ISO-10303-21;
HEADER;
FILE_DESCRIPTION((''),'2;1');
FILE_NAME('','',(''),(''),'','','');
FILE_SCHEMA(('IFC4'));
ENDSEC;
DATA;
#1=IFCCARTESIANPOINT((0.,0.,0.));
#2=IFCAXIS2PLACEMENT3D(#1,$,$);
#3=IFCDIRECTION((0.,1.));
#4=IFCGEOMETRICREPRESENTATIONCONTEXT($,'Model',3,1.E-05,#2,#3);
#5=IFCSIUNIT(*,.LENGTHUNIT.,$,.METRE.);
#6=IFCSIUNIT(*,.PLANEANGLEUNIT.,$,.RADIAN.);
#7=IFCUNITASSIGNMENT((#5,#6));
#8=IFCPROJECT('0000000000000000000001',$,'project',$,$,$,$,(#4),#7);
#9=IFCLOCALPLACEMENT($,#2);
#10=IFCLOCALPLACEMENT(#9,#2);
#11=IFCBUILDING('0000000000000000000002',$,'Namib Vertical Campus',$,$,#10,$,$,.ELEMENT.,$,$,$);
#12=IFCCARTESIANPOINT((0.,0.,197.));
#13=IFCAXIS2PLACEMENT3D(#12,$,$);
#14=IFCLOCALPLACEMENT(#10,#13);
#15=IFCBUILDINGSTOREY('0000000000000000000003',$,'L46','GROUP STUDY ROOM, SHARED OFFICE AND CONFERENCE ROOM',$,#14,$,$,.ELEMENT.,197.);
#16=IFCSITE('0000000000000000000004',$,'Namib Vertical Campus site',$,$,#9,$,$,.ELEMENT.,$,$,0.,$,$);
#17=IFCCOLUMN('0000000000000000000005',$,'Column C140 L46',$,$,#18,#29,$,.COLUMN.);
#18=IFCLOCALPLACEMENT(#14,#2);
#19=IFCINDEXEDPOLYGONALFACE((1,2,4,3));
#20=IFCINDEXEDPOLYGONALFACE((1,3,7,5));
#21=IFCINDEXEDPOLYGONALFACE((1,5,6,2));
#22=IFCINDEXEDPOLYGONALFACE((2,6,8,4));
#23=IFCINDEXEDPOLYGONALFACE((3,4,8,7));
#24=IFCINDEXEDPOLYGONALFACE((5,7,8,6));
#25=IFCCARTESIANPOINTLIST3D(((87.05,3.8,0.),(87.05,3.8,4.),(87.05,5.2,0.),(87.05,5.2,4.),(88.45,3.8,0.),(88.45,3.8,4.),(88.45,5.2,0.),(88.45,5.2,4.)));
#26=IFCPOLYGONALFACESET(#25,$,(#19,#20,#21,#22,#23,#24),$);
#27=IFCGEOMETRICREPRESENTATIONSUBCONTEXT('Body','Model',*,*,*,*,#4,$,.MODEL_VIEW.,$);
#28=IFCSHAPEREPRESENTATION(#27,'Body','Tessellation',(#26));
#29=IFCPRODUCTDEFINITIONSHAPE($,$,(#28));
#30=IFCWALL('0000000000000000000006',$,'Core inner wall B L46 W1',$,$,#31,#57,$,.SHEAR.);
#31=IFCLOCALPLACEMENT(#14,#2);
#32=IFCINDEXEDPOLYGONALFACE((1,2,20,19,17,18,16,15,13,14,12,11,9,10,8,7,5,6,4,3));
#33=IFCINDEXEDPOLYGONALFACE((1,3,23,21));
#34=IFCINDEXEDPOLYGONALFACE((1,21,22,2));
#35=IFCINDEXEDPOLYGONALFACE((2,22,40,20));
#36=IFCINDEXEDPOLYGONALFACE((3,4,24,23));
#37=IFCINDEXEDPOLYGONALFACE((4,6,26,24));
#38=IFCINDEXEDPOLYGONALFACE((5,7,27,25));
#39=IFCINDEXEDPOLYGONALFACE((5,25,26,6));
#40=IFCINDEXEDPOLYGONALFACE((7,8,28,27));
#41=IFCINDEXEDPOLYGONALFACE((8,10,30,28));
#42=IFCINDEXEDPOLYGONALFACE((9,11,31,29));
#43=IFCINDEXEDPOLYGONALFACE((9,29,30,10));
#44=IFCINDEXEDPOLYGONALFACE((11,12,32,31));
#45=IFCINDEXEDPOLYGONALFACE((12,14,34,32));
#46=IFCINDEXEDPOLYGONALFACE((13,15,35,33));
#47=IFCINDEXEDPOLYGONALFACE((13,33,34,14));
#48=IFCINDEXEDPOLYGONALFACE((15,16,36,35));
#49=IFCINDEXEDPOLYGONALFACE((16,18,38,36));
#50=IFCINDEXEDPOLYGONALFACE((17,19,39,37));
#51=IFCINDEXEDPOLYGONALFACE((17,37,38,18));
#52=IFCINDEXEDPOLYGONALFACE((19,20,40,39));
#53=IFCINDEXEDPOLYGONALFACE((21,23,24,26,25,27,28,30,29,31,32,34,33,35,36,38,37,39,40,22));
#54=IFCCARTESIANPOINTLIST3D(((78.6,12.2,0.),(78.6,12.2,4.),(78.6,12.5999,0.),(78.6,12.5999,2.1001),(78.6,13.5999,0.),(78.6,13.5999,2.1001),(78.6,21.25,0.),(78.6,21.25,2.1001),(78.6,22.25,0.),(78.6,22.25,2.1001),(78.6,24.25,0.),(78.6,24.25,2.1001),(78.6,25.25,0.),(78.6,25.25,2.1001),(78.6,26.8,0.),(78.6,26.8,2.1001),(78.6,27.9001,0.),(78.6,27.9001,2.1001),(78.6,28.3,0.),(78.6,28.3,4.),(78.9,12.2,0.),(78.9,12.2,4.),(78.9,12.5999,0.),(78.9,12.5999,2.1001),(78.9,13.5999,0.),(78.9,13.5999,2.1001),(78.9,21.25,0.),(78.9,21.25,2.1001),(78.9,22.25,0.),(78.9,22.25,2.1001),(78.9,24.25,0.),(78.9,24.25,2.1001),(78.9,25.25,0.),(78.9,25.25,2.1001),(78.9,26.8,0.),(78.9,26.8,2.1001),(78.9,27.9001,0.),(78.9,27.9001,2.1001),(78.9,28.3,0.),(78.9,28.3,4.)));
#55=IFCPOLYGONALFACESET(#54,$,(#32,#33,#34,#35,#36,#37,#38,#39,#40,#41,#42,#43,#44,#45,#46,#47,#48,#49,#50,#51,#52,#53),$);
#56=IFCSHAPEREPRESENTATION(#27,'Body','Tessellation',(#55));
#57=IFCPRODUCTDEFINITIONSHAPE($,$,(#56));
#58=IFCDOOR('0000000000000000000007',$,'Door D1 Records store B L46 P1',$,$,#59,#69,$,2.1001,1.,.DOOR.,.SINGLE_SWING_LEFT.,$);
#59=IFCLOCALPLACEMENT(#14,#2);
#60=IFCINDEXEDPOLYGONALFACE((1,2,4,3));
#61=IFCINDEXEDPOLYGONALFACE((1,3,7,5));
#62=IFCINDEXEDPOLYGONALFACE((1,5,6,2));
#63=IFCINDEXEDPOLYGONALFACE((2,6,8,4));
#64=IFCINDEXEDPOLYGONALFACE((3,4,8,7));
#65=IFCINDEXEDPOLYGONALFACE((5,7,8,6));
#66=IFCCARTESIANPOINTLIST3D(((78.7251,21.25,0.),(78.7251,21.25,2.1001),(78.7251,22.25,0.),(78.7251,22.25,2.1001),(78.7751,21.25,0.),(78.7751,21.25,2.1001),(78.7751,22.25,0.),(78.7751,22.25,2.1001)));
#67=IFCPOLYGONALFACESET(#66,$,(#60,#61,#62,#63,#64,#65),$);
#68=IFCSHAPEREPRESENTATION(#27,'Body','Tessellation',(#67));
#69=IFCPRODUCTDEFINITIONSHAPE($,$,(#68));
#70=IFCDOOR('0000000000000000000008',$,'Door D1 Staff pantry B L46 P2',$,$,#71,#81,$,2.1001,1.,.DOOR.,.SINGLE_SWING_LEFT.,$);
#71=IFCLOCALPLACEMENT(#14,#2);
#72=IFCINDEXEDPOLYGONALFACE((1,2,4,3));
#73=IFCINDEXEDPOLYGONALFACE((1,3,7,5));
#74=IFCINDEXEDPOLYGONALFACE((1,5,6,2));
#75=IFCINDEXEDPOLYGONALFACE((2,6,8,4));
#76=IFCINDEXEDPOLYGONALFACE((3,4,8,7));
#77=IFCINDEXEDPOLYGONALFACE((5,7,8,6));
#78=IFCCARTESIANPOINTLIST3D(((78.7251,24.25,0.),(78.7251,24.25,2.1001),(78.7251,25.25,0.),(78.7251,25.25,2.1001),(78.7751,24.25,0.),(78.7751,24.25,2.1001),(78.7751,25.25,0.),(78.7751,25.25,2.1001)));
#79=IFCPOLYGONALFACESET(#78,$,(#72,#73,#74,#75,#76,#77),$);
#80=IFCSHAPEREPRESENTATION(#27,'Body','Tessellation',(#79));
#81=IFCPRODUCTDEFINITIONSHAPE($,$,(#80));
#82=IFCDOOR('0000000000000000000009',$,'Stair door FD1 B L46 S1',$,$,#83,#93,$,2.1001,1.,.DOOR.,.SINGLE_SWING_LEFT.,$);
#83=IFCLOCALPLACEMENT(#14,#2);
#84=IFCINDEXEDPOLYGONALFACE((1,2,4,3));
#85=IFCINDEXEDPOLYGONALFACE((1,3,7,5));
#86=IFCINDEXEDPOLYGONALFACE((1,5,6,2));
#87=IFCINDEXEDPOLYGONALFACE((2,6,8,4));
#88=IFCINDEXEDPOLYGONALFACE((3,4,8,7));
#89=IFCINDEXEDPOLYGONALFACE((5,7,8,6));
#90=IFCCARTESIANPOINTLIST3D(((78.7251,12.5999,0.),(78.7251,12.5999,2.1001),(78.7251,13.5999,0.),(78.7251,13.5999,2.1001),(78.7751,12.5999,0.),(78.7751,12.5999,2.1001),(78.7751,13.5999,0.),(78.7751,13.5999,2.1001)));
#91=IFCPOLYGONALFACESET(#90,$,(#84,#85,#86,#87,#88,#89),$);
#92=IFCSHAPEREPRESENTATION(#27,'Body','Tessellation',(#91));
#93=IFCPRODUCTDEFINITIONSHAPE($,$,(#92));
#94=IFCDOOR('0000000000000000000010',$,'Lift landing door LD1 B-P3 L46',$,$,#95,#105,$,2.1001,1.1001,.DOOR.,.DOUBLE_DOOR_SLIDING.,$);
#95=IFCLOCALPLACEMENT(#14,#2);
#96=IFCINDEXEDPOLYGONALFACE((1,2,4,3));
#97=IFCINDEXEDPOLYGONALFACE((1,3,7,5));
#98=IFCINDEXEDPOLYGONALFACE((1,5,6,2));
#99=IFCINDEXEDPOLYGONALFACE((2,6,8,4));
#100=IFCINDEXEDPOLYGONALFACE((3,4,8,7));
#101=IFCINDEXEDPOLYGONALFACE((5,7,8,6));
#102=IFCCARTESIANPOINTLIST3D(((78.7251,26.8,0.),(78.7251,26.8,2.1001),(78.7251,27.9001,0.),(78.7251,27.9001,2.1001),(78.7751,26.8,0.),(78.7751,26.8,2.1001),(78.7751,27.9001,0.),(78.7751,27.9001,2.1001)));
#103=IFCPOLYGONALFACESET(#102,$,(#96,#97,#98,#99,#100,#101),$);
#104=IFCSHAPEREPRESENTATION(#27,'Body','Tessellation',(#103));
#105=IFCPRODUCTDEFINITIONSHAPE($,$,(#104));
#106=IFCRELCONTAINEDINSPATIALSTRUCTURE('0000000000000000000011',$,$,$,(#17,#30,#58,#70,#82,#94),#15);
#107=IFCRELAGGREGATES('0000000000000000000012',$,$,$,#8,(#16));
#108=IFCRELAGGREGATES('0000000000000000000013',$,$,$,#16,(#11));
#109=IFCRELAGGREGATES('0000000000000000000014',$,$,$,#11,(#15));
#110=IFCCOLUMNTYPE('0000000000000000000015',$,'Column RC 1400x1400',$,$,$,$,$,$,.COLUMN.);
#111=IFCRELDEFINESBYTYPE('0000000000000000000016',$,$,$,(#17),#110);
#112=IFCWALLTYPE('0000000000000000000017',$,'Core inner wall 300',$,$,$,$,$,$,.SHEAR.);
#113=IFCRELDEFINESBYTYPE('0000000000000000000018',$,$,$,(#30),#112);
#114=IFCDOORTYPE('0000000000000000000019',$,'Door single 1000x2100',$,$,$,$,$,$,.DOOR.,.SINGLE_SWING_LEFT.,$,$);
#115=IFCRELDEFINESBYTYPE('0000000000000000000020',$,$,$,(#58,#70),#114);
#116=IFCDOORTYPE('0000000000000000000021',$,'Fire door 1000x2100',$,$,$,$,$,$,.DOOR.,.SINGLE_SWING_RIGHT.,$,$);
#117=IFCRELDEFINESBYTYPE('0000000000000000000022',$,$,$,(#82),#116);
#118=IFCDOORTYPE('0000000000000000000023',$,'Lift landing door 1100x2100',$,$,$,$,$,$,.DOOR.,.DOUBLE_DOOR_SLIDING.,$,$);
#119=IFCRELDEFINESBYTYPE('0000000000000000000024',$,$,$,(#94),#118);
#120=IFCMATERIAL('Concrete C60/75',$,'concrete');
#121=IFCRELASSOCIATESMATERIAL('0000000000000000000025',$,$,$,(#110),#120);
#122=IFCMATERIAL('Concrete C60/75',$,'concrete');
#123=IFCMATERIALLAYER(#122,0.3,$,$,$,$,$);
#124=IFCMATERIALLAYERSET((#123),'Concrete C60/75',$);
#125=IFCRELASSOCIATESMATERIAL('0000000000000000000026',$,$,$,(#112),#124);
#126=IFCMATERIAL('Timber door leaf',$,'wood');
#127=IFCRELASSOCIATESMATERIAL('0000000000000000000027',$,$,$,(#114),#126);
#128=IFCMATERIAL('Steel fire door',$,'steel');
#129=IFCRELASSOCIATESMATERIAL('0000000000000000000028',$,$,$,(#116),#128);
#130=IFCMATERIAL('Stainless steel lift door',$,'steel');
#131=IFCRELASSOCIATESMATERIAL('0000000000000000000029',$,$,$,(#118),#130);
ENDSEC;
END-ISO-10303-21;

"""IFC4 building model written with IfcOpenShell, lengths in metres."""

from ifc_helpers import new_model, si_unit, direction, frame, frame_2d, origin, origin_2d, place, context, subcontext, project, spatial, rectangle, extrude, material, layer, layer_set, material_profile, profile_set, type_object, element, fill, save


model = new_model("IFC4")

# Units and contexts
model_context = context("Model", 3, precision=1e-05, world=origin(), true_north=direction((0.0, 1.0)))
body_context = subcontext(model_context, "Body", "Model", "MODEL_VIEW")
ifc_project = project(units=[si_unit("LENGTHUNIT", "METRE"), si_unit("PLANEANGLEUNIT", "RADIAN")], contexts=[model_context])

# Site, building, storey
site_placement = place(None, origin())
site = spatial("IfcSite", under=ifc_project, at=site_placement, Name="Namib Vertical Campus site", CompositionType="ELEMENT", RefElevation=0.0)
building_placement = place(site_placement, origin())
building = spatial("IfcBuilding", under=site, at=building_placement, Name="Namib Vertical Campus", CompositionType="ELEMENT")
storey_placement = place(building_placement, frame((0.0, 0.0, 197.0)))
storey = spatial("IfcBuildingStorey", under=building, at=storey_placement, Name="L46", Description="GROUP STUDY ROOM, SHARED OFFICE AND CONFERENCE ROOM", CompositionType="ELEMENT", Elevation=197.0)

# Column
ifc_material_1 = material(Name="Concrete C60/75", Category="concrete")
ifc_material_profile = material_profile(ifc_material_1, rectangle(XDim=1.3999, YDim=1.3999, at=origin_2d()))
ifc_profile_set = profile_set([ifc_material_profile], Name="Concrete C60/75")
column_type = type_object("IfcColumnType", Name="Column RC 1400x1400", PredefinedType="COLUMN", material=ifc_profile_set)
column_placement = place(storey_placement, frame((87.75, 4.5, 0.0), z_axis=(0.0, 0.0, 1.0), x_axis=(1.0, 0.0, 0.0)))
element("IfcColumn", 1, at=column_placement, inside=storey, type_object=column_type, Name="Column C140 L46", PredefinedType="COLUMN", context=body_context, shape_type="SweptSolid", body=[
    extrude(rectangle(XDim=1.3999, YDim=1.3999, at=origin_2d()), origin(), (0.0, 0.0, 1.0), 4.0),
])

# Wall, openings, doors
ifc_material_2 = material(Name="Concrete C60/75", Category="concrete")
ifc_layer_1 = layer(ifc_material_2, 0.3)
ifc_layer_set_1 = layer_set([ifc_layer_1], Name="Concrete C60/75")
wall_type_1 = type_object("IfcWallType", Name="Core inner wall 300", PredefinedType="SHEAR", material=ifc_layer_set_1)
wall_1_placement = place(storey_placement, frame((78.75, 12.2, 0.0), z_axis=(0.0, 0.0, 1.0), x_axis=(0.0, 1.0, 0.0)))
wall_1 = element("IfcWall", 2, at=wall_1_placement, inside=storey, type_object=wall_type_1, Name="Core inner wall B L46 W1", PredefinedType="SHEAR", context=body_context, shape_type="SweptSolid", body=[
    extrude(rectangle(XDim=16.1001, YDim=0.3, at=frame_2d((8.05, 0.0))), origin(), (0.0, 0.0, 1.0), 4.0),
])
opening_1_placement = place(wall_1_placement, frame((0.3999, 0.0, 0.0)))
opening_1 = element("IfcOpeningElement", 3, at=opening_1_placement, cuts=wall_1, PredefinedType="OPENING", context=body_context, shape_type="SweptSolid", body=[
    extrude(rectangle(XDim=1.0, YDim=2.1001, at=frame_2d((0.5, 1.05))), frame((0.0, 0.1599, 0.0), z_axis=(0.0, -1.0, 0.0), x_axis=(1.0, 0.0, 0.0)), (0.0, 0.0, 1.0), 0.3201),
])
opening_2_placement = place(wall_1_placement, frame((14.6001, 0.0, 0.0)))
opening_2 = element("IfcOpeningElement", 4, at=opening_2_placement, cuts=wall_1, PredefinedType="OPENING", context=body_context, shape_type="SweptSolid", body=[
    extrude(rectangle(XDim=1.1001, YDim=2.1001, at=frame_2d((0.55, 1.05))), frame((0.0, 0.1599, 0.0), z_axis=(0.0, -1.0, 0.0), x_axis=(1.0, 0.0, 0.0)), (0.0, 0.0, 1.0), 0.3201),
])
opening_3_placement = place(wall_1_placement, frame((9.05, 0.0, 0.0)))
opening_3 = element("IfcOpeningElement", 5, at=opening_3_placement, cuts=wall_1, PredefinedType="OPENING", context=body_context, shape_type="SweptSolid", body=[
    extrude(rectangle(XDim=1.0, YDim=2.1001, at=frame_2d((0.5, 1.05))), frame((0.0, 0.1599, 0.0), z_axis=(0.0, -1.0, 0.0), x_axis=(1.0, 0.0, 0.0)), (0.0, 0.0, 1.0), 0.3201),
])
opening_4_placement = place(wall_1_placement, frame((12.05, 0.0, 0.0)))
opening_4 = element("IfcOpeningElement", 6, at=opening_4_placement, cuts=wall_1, PredefinedType="OPENING", context=body_context, shape_type="SweptSolid", body=[
    extrude(rectangle(XDim=1.0, YDim=2.1001, at=frame_2d((0.5, 1.05))), frame((0.0, 0.1599, 0.0), z_axis=(0.0, -1.0, 0.0), x_axis=(1.0, 0.0, 0.0)), (0.0, 0.0, 1.0), 0.3201),
])
ifc_material_3 = material(Name="Timber door leaf", Category="wood")
door_type_1 = type_object("IfcDoorType", Name="Door single 1000x2100", OperationType="SINGLE_SWING_LEFT", PredefinedType="DOOR", material=ifc_material_3)
door_1_placement = place(opening_3_placement, origin())
door_1 = element("IfcDoor", 7, at=door_1_placement, inside=storey, type_object=door_type_1, Name="Door D1 Records store B L46 P1", OperationType="SINGLE_SWING_LEFT", OverallHeight=2.1001, OverallWidth=1.0, PredefinedType="DOOR", context=body_context, shape_type="SweptSolid", body=[
    extrude(rectangle(XDim=1.0, YDim=2.1001, at=frame_2d((0.5, 1.05))), frame((0.0, 0.0249, 0.0), z_axis=(0.0, -1.0, 0.0), x_axis=(1.0, 0.0, 0.0)), (0.0, 0.0, 1.0), 0.05),
])
fill(opening_3, door_1)
door_2_placement = place(opening_4_placement, origin())
door_2 = element("IfcDoor", 8, at=door_2_placement, inside=storey, type_object=door_type_1, Name="Door D1 Staff pantry B L46 P2", OperationType="SINGLE_SWING_LEFT", OverallHeight=2.1001, OverallWidth=1.0, PredefinedType="DOOR", context=body_context, shape_type="SweptSolid", body=[
    extrude(rectangle(XDim=1.0, YDim=2.1001, at=frame_2d((0.5, 1.05))), frame((0.0, 0.0249, 0.0), z_axis=(0.0, -1.0, 0.0), x_axis=(1.0, 0.0, 0.0)), (0.0, 0.0, 1.0), 0.05),
])
fill(opening_4, door_2)
ifc_material_4 = material(Name="Steel fire door", Category="steel")
door_type_2 = type_object("IfcDoorType", Name="Fire door 1000x2100", OperationType="SINGLE_SWING_RIGHT", PredefinedType="DOOR", material=ifc_material_4)
door_3_placement = place(opening_1_placement, origin())
door_3 = element("IfcDoor", 9, at=door_3_placement, inside=storey, type_object=door_type_2, Name="Stair door FD1 B L46 S1", OperationType="SINGLE_SWING_LEFT", OverallHeight=2.1001, OverallWidth=1.0, PredefinedType="DOOR", context=body_context, shape_type="SweptSolid", body=[
    extrude(rectangle(XDim=1.0, YDim=2.1001, at=frame_2d((0.5, 1.05))), frame((0.0, 0.0249, 0.0), z_axis=(0.0, -1.0, 0.0), x_axis=(1.0, 0.0, 0.0)), (0.0, 0.0, 1.0), 0.05),
])
fill(opening_1, door_3)
ifc_material_5 = material(Name="Stainless steel lift door", Category="steel")
door_type_3 = type_object("IfcDoorType", Name="Lift landing door 1100x2100", OperationType="DOUBLE_DOOR_SLIDING", PredefinedType="DOOR", material=ifc_material_5)
door_4_placement = place(opening_2_placement, origin())
door_4 = element("IfcDoor", 10, at=door_4_placement, inside=storey, type_object=door_type_3, Name="Lift landing door LD1 B-P3 L46", OperationType="DOUBLE_DOOR_SLIDING", OverallHeight=2.1001, OverallWidth=1.1001, PredefinedType="DOOR", context=body_context, shape_type="SweptSolid", body=[
    extrude(rectangle(XDim=1.1001, YDim=2.1001, at=frame_2d((0.55, 1.05))), frame((0.0, 0.0249, 0.0), z_axis=(0.0, -1.0, 0.0), x_axis=(1.0, 0.0, 0.0)), (0.0, 0.0, 1.0), 0.05),
])
fill(opening_2, door_4)

save(model, "model.ifc")
